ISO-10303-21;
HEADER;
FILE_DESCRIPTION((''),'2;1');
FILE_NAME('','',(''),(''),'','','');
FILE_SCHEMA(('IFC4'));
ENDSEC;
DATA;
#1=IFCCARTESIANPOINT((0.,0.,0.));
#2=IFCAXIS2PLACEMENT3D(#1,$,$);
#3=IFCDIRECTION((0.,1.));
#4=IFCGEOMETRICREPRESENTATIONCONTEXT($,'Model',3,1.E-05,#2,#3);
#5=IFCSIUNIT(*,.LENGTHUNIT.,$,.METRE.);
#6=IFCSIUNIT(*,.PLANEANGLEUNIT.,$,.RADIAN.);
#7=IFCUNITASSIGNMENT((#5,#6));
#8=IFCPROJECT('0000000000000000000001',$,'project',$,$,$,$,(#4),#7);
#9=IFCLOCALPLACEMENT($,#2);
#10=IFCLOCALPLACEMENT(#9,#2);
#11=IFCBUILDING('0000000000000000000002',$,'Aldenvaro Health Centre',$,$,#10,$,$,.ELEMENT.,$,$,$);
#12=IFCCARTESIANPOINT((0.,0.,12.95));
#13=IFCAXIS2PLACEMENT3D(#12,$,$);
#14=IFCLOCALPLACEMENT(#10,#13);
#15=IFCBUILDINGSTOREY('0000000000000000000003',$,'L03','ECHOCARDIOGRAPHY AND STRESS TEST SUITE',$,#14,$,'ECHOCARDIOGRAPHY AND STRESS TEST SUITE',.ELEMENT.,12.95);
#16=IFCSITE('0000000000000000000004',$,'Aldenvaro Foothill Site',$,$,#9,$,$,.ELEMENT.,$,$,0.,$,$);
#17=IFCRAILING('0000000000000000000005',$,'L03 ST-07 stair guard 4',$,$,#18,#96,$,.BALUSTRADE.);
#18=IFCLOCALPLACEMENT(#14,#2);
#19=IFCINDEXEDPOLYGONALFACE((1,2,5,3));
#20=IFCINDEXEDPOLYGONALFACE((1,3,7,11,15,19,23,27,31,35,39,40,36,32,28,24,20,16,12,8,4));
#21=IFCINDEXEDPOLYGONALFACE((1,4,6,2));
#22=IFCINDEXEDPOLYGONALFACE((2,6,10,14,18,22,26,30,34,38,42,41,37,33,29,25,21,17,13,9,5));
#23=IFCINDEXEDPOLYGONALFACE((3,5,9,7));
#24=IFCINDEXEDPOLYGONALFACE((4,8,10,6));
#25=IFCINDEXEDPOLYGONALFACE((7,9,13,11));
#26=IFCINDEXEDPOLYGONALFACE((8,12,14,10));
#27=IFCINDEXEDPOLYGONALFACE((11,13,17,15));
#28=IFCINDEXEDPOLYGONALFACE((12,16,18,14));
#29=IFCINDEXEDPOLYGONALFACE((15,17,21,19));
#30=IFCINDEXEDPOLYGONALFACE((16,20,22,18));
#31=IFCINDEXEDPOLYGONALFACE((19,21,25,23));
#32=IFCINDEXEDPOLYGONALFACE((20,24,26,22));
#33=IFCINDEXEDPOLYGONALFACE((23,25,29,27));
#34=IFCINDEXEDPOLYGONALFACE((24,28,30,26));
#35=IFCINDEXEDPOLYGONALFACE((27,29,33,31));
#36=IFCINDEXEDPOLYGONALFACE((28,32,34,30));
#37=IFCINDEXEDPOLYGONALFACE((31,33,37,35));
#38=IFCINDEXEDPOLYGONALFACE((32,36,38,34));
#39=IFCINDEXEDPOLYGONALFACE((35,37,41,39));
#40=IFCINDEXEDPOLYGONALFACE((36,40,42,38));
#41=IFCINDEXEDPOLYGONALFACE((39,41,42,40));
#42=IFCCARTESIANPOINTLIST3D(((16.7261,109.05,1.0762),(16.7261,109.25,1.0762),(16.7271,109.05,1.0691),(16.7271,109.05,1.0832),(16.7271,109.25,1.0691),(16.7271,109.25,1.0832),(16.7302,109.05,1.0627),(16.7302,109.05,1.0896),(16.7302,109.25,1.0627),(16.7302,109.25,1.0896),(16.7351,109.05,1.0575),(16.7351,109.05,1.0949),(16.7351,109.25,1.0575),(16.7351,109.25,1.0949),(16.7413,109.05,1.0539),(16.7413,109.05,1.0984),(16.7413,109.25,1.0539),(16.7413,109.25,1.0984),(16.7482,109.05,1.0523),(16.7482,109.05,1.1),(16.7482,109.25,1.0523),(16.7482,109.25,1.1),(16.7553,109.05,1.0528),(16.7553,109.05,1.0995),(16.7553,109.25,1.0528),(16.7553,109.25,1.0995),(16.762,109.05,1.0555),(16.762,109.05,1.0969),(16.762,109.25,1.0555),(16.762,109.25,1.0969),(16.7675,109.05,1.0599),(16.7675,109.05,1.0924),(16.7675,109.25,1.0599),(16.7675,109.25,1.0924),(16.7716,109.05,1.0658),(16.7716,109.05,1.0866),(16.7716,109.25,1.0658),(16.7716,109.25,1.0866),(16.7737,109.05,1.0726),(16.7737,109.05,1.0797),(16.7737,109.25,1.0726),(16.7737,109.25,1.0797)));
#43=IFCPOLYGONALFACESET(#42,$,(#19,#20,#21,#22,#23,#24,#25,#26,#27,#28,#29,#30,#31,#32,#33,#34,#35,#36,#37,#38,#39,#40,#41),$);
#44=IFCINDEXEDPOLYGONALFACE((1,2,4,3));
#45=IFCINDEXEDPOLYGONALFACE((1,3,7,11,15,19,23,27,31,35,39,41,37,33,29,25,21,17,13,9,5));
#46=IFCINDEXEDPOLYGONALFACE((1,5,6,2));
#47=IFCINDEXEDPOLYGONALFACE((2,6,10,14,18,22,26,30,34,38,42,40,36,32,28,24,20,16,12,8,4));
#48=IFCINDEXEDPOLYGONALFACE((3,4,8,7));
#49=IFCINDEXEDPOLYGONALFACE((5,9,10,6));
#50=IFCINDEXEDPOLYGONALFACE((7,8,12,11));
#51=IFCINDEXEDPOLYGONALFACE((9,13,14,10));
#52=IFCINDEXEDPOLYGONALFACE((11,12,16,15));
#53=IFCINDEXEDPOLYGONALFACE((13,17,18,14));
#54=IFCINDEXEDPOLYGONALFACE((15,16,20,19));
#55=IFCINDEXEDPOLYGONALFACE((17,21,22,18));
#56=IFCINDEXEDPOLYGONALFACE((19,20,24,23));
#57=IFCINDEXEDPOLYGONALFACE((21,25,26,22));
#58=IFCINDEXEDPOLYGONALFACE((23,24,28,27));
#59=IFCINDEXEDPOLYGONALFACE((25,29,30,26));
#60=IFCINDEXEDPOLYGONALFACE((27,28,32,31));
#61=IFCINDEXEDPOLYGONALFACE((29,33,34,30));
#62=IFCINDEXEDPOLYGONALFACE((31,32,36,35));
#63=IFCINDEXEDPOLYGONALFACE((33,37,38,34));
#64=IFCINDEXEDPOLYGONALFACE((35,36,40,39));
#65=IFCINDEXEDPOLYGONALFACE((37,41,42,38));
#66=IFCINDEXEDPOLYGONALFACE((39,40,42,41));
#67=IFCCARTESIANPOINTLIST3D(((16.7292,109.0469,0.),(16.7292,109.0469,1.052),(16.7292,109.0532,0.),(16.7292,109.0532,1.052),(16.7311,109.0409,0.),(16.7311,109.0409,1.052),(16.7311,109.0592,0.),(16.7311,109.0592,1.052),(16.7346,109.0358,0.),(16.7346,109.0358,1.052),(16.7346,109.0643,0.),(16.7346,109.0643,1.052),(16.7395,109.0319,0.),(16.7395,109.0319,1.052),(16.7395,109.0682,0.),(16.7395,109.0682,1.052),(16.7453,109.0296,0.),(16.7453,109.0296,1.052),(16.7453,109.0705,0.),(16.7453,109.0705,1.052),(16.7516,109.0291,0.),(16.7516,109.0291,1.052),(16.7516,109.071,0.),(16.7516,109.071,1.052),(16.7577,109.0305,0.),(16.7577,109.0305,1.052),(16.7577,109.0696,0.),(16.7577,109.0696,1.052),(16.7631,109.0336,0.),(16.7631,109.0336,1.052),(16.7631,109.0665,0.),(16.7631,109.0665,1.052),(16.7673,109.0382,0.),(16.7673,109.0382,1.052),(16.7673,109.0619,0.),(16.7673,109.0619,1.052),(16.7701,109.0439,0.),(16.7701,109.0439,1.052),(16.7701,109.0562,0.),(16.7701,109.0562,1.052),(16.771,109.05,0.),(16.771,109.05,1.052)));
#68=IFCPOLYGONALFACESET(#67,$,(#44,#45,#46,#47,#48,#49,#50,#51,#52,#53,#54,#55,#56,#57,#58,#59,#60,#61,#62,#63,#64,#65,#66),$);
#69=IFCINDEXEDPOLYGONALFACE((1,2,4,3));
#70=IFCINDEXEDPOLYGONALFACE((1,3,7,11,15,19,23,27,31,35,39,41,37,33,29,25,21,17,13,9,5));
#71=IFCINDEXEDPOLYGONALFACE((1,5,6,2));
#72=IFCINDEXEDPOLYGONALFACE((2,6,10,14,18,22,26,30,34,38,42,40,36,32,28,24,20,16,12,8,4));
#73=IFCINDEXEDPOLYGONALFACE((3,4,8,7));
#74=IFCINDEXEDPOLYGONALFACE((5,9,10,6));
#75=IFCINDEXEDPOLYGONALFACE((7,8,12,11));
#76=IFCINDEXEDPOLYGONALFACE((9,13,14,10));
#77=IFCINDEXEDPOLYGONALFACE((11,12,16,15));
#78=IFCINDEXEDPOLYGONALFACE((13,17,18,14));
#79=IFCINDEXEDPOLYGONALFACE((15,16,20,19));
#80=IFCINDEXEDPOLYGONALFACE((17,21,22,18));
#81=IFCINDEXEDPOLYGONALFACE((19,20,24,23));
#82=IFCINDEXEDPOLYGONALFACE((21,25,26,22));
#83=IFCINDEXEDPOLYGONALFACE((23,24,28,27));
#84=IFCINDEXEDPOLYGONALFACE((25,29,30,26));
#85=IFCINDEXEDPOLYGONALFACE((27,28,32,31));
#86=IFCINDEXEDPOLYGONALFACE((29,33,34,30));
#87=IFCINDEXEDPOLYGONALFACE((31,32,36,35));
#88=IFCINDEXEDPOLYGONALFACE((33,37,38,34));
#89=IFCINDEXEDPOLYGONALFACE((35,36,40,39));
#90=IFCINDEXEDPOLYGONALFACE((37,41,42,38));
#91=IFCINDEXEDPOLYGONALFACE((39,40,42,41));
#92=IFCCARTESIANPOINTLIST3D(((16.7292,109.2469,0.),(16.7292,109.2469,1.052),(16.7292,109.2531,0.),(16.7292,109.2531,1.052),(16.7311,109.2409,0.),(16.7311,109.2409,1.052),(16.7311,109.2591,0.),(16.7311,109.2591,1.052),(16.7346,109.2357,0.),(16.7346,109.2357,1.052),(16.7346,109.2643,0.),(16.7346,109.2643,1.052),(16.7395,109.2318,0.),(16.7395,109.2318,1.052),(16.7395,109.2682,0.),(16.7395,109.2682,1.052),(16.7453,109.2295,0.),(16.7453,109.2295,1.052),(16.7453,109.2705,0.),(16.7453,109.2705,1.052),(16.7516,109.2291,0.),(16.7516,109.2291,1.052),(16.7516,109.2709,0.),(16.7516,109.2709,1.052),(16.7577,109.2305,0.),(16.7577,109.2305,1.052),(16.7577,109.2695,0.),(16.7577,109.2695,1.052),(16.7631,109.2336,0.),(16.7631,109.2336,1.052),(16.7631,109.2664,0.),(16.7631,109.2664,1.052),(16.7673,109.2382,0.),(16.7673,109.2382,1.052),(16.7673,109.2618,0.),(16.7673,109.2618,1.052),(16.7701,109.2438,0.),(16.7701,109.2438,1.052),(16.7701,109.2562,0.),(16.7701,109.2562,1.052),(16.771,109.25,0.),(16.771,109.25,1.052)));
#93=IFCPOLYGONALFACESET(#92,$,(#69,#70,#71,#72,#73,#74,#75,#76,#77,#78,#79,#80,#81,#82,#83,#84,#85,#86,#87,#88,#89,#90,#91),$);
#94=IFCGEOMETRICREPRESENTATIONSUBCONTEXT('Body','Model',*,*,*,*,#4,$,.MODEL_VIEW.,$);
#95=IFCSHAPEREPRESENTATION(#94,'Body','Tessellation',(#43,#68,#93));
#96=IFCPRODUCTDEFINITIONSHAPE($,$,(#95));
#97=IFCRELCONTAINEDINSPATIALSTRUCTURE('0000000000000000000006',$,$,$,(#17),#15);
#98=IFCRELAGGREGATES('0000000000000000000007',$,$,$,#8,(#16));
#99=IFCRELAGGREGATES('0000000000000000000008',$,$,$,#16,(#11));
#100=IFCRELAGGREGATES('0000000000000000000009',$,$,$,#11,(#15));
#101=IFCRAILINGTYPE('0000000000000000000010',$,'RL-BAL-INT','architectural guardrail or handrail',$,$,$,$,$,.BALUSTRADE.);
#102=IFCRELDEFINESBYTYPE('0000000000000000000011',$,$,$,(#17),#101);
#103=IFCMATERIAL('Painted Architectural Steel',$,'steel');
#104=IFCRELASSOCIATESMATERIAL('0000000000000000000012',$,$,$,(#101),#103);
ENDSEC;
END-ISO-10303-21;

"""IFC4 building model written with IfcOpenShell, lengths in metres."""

from ifc_helpers import new_model, si_unit, direction, frame, origin, origin_2d, place, context, subcontext, project, spatial, circle, extrude, material, type_object, element, save


model = new_model("IFC4")

# Units and contexts
model_context = context("Model", 3, precision=1e-05, world=origin(), true_north=direction((0.0, 1.0)))
body_context = subcontext(model_context, "Body", "Model", "MODEL_VIEW")
ifc_project = project(units=[si_unit("LENGTHUNIT", "METRE"), si_unit("PLANEANGLEUNIT", "RADIAN")], contexts=[model_context])

# Site, building, storey
site_placement = place(None, origin())
site = spatial("IfcSite", under=ifc_project, at=site_placement, Name="Aldenvaro Foothill Site", CompositionType="ELEMENT", RefElevation=0.0)
building_placement = place(site_placement, origin())
building = spatial("IfcBuilding", under=site, at=building_placement, Name="Aldenvaro Health Centre", CompositionType="ELEMENT")
storey_placement = place(building_placement, frame((0.0, 0.0, 12.95)))
storey = spatial("IfcBuildingStorey", under=building, at=storey_placement, Name="L03", Description="ECHOCARDIOGRAPHY AND STRESS TEST SUITE", LongName="ECHOCARDIOGRAPHY AND STRESS TEST SUITE", CompositionType="ELEMENT", Elevation=12.95)

# Railing
ifc_material_1 = material(Name="Painted Architectural Steel", Category="steel")
railing_type_1 = type_object("IfcRailingType", Name="RL-BAL-INT", Description="architectural guardrail or handrail", PredefinedType="BALUSTRADE", material=ifc_material_1)
railing_1_placement = place(storey_placement, frame((16.75, 109.05, 0.0)))
element("IfcRailing", 1, at=railing_1_placement, inside=storey, type_object=railing_type_1, Name="L03 ST-07 stair guard 4", PredefinedType="BALUSTRADE", context=body_context, shape_type="SweptSolid", body=[
    extrude(circle(Radius=0.0239, at=origin_2d()), frame((0.0, 0.0, 1.0762), z_axis=(0.0, 1.0, 0.0), x_axis=(-1.0, 0.0, 0.0)), (0.0, 0.0, 1.0), 0.2),
    extrude(circle(Radius=0.021, at=origin_2d()), origin(), (0.0, 0.0, 1.0), 1.052),
    extrude(circle(Radius=0.021, at=origin_2d()), frame((0.0, 0.2, 0.0)), (0.0, 0.0, 1.0), 1.052),
])

save(model, "model.ifc")
